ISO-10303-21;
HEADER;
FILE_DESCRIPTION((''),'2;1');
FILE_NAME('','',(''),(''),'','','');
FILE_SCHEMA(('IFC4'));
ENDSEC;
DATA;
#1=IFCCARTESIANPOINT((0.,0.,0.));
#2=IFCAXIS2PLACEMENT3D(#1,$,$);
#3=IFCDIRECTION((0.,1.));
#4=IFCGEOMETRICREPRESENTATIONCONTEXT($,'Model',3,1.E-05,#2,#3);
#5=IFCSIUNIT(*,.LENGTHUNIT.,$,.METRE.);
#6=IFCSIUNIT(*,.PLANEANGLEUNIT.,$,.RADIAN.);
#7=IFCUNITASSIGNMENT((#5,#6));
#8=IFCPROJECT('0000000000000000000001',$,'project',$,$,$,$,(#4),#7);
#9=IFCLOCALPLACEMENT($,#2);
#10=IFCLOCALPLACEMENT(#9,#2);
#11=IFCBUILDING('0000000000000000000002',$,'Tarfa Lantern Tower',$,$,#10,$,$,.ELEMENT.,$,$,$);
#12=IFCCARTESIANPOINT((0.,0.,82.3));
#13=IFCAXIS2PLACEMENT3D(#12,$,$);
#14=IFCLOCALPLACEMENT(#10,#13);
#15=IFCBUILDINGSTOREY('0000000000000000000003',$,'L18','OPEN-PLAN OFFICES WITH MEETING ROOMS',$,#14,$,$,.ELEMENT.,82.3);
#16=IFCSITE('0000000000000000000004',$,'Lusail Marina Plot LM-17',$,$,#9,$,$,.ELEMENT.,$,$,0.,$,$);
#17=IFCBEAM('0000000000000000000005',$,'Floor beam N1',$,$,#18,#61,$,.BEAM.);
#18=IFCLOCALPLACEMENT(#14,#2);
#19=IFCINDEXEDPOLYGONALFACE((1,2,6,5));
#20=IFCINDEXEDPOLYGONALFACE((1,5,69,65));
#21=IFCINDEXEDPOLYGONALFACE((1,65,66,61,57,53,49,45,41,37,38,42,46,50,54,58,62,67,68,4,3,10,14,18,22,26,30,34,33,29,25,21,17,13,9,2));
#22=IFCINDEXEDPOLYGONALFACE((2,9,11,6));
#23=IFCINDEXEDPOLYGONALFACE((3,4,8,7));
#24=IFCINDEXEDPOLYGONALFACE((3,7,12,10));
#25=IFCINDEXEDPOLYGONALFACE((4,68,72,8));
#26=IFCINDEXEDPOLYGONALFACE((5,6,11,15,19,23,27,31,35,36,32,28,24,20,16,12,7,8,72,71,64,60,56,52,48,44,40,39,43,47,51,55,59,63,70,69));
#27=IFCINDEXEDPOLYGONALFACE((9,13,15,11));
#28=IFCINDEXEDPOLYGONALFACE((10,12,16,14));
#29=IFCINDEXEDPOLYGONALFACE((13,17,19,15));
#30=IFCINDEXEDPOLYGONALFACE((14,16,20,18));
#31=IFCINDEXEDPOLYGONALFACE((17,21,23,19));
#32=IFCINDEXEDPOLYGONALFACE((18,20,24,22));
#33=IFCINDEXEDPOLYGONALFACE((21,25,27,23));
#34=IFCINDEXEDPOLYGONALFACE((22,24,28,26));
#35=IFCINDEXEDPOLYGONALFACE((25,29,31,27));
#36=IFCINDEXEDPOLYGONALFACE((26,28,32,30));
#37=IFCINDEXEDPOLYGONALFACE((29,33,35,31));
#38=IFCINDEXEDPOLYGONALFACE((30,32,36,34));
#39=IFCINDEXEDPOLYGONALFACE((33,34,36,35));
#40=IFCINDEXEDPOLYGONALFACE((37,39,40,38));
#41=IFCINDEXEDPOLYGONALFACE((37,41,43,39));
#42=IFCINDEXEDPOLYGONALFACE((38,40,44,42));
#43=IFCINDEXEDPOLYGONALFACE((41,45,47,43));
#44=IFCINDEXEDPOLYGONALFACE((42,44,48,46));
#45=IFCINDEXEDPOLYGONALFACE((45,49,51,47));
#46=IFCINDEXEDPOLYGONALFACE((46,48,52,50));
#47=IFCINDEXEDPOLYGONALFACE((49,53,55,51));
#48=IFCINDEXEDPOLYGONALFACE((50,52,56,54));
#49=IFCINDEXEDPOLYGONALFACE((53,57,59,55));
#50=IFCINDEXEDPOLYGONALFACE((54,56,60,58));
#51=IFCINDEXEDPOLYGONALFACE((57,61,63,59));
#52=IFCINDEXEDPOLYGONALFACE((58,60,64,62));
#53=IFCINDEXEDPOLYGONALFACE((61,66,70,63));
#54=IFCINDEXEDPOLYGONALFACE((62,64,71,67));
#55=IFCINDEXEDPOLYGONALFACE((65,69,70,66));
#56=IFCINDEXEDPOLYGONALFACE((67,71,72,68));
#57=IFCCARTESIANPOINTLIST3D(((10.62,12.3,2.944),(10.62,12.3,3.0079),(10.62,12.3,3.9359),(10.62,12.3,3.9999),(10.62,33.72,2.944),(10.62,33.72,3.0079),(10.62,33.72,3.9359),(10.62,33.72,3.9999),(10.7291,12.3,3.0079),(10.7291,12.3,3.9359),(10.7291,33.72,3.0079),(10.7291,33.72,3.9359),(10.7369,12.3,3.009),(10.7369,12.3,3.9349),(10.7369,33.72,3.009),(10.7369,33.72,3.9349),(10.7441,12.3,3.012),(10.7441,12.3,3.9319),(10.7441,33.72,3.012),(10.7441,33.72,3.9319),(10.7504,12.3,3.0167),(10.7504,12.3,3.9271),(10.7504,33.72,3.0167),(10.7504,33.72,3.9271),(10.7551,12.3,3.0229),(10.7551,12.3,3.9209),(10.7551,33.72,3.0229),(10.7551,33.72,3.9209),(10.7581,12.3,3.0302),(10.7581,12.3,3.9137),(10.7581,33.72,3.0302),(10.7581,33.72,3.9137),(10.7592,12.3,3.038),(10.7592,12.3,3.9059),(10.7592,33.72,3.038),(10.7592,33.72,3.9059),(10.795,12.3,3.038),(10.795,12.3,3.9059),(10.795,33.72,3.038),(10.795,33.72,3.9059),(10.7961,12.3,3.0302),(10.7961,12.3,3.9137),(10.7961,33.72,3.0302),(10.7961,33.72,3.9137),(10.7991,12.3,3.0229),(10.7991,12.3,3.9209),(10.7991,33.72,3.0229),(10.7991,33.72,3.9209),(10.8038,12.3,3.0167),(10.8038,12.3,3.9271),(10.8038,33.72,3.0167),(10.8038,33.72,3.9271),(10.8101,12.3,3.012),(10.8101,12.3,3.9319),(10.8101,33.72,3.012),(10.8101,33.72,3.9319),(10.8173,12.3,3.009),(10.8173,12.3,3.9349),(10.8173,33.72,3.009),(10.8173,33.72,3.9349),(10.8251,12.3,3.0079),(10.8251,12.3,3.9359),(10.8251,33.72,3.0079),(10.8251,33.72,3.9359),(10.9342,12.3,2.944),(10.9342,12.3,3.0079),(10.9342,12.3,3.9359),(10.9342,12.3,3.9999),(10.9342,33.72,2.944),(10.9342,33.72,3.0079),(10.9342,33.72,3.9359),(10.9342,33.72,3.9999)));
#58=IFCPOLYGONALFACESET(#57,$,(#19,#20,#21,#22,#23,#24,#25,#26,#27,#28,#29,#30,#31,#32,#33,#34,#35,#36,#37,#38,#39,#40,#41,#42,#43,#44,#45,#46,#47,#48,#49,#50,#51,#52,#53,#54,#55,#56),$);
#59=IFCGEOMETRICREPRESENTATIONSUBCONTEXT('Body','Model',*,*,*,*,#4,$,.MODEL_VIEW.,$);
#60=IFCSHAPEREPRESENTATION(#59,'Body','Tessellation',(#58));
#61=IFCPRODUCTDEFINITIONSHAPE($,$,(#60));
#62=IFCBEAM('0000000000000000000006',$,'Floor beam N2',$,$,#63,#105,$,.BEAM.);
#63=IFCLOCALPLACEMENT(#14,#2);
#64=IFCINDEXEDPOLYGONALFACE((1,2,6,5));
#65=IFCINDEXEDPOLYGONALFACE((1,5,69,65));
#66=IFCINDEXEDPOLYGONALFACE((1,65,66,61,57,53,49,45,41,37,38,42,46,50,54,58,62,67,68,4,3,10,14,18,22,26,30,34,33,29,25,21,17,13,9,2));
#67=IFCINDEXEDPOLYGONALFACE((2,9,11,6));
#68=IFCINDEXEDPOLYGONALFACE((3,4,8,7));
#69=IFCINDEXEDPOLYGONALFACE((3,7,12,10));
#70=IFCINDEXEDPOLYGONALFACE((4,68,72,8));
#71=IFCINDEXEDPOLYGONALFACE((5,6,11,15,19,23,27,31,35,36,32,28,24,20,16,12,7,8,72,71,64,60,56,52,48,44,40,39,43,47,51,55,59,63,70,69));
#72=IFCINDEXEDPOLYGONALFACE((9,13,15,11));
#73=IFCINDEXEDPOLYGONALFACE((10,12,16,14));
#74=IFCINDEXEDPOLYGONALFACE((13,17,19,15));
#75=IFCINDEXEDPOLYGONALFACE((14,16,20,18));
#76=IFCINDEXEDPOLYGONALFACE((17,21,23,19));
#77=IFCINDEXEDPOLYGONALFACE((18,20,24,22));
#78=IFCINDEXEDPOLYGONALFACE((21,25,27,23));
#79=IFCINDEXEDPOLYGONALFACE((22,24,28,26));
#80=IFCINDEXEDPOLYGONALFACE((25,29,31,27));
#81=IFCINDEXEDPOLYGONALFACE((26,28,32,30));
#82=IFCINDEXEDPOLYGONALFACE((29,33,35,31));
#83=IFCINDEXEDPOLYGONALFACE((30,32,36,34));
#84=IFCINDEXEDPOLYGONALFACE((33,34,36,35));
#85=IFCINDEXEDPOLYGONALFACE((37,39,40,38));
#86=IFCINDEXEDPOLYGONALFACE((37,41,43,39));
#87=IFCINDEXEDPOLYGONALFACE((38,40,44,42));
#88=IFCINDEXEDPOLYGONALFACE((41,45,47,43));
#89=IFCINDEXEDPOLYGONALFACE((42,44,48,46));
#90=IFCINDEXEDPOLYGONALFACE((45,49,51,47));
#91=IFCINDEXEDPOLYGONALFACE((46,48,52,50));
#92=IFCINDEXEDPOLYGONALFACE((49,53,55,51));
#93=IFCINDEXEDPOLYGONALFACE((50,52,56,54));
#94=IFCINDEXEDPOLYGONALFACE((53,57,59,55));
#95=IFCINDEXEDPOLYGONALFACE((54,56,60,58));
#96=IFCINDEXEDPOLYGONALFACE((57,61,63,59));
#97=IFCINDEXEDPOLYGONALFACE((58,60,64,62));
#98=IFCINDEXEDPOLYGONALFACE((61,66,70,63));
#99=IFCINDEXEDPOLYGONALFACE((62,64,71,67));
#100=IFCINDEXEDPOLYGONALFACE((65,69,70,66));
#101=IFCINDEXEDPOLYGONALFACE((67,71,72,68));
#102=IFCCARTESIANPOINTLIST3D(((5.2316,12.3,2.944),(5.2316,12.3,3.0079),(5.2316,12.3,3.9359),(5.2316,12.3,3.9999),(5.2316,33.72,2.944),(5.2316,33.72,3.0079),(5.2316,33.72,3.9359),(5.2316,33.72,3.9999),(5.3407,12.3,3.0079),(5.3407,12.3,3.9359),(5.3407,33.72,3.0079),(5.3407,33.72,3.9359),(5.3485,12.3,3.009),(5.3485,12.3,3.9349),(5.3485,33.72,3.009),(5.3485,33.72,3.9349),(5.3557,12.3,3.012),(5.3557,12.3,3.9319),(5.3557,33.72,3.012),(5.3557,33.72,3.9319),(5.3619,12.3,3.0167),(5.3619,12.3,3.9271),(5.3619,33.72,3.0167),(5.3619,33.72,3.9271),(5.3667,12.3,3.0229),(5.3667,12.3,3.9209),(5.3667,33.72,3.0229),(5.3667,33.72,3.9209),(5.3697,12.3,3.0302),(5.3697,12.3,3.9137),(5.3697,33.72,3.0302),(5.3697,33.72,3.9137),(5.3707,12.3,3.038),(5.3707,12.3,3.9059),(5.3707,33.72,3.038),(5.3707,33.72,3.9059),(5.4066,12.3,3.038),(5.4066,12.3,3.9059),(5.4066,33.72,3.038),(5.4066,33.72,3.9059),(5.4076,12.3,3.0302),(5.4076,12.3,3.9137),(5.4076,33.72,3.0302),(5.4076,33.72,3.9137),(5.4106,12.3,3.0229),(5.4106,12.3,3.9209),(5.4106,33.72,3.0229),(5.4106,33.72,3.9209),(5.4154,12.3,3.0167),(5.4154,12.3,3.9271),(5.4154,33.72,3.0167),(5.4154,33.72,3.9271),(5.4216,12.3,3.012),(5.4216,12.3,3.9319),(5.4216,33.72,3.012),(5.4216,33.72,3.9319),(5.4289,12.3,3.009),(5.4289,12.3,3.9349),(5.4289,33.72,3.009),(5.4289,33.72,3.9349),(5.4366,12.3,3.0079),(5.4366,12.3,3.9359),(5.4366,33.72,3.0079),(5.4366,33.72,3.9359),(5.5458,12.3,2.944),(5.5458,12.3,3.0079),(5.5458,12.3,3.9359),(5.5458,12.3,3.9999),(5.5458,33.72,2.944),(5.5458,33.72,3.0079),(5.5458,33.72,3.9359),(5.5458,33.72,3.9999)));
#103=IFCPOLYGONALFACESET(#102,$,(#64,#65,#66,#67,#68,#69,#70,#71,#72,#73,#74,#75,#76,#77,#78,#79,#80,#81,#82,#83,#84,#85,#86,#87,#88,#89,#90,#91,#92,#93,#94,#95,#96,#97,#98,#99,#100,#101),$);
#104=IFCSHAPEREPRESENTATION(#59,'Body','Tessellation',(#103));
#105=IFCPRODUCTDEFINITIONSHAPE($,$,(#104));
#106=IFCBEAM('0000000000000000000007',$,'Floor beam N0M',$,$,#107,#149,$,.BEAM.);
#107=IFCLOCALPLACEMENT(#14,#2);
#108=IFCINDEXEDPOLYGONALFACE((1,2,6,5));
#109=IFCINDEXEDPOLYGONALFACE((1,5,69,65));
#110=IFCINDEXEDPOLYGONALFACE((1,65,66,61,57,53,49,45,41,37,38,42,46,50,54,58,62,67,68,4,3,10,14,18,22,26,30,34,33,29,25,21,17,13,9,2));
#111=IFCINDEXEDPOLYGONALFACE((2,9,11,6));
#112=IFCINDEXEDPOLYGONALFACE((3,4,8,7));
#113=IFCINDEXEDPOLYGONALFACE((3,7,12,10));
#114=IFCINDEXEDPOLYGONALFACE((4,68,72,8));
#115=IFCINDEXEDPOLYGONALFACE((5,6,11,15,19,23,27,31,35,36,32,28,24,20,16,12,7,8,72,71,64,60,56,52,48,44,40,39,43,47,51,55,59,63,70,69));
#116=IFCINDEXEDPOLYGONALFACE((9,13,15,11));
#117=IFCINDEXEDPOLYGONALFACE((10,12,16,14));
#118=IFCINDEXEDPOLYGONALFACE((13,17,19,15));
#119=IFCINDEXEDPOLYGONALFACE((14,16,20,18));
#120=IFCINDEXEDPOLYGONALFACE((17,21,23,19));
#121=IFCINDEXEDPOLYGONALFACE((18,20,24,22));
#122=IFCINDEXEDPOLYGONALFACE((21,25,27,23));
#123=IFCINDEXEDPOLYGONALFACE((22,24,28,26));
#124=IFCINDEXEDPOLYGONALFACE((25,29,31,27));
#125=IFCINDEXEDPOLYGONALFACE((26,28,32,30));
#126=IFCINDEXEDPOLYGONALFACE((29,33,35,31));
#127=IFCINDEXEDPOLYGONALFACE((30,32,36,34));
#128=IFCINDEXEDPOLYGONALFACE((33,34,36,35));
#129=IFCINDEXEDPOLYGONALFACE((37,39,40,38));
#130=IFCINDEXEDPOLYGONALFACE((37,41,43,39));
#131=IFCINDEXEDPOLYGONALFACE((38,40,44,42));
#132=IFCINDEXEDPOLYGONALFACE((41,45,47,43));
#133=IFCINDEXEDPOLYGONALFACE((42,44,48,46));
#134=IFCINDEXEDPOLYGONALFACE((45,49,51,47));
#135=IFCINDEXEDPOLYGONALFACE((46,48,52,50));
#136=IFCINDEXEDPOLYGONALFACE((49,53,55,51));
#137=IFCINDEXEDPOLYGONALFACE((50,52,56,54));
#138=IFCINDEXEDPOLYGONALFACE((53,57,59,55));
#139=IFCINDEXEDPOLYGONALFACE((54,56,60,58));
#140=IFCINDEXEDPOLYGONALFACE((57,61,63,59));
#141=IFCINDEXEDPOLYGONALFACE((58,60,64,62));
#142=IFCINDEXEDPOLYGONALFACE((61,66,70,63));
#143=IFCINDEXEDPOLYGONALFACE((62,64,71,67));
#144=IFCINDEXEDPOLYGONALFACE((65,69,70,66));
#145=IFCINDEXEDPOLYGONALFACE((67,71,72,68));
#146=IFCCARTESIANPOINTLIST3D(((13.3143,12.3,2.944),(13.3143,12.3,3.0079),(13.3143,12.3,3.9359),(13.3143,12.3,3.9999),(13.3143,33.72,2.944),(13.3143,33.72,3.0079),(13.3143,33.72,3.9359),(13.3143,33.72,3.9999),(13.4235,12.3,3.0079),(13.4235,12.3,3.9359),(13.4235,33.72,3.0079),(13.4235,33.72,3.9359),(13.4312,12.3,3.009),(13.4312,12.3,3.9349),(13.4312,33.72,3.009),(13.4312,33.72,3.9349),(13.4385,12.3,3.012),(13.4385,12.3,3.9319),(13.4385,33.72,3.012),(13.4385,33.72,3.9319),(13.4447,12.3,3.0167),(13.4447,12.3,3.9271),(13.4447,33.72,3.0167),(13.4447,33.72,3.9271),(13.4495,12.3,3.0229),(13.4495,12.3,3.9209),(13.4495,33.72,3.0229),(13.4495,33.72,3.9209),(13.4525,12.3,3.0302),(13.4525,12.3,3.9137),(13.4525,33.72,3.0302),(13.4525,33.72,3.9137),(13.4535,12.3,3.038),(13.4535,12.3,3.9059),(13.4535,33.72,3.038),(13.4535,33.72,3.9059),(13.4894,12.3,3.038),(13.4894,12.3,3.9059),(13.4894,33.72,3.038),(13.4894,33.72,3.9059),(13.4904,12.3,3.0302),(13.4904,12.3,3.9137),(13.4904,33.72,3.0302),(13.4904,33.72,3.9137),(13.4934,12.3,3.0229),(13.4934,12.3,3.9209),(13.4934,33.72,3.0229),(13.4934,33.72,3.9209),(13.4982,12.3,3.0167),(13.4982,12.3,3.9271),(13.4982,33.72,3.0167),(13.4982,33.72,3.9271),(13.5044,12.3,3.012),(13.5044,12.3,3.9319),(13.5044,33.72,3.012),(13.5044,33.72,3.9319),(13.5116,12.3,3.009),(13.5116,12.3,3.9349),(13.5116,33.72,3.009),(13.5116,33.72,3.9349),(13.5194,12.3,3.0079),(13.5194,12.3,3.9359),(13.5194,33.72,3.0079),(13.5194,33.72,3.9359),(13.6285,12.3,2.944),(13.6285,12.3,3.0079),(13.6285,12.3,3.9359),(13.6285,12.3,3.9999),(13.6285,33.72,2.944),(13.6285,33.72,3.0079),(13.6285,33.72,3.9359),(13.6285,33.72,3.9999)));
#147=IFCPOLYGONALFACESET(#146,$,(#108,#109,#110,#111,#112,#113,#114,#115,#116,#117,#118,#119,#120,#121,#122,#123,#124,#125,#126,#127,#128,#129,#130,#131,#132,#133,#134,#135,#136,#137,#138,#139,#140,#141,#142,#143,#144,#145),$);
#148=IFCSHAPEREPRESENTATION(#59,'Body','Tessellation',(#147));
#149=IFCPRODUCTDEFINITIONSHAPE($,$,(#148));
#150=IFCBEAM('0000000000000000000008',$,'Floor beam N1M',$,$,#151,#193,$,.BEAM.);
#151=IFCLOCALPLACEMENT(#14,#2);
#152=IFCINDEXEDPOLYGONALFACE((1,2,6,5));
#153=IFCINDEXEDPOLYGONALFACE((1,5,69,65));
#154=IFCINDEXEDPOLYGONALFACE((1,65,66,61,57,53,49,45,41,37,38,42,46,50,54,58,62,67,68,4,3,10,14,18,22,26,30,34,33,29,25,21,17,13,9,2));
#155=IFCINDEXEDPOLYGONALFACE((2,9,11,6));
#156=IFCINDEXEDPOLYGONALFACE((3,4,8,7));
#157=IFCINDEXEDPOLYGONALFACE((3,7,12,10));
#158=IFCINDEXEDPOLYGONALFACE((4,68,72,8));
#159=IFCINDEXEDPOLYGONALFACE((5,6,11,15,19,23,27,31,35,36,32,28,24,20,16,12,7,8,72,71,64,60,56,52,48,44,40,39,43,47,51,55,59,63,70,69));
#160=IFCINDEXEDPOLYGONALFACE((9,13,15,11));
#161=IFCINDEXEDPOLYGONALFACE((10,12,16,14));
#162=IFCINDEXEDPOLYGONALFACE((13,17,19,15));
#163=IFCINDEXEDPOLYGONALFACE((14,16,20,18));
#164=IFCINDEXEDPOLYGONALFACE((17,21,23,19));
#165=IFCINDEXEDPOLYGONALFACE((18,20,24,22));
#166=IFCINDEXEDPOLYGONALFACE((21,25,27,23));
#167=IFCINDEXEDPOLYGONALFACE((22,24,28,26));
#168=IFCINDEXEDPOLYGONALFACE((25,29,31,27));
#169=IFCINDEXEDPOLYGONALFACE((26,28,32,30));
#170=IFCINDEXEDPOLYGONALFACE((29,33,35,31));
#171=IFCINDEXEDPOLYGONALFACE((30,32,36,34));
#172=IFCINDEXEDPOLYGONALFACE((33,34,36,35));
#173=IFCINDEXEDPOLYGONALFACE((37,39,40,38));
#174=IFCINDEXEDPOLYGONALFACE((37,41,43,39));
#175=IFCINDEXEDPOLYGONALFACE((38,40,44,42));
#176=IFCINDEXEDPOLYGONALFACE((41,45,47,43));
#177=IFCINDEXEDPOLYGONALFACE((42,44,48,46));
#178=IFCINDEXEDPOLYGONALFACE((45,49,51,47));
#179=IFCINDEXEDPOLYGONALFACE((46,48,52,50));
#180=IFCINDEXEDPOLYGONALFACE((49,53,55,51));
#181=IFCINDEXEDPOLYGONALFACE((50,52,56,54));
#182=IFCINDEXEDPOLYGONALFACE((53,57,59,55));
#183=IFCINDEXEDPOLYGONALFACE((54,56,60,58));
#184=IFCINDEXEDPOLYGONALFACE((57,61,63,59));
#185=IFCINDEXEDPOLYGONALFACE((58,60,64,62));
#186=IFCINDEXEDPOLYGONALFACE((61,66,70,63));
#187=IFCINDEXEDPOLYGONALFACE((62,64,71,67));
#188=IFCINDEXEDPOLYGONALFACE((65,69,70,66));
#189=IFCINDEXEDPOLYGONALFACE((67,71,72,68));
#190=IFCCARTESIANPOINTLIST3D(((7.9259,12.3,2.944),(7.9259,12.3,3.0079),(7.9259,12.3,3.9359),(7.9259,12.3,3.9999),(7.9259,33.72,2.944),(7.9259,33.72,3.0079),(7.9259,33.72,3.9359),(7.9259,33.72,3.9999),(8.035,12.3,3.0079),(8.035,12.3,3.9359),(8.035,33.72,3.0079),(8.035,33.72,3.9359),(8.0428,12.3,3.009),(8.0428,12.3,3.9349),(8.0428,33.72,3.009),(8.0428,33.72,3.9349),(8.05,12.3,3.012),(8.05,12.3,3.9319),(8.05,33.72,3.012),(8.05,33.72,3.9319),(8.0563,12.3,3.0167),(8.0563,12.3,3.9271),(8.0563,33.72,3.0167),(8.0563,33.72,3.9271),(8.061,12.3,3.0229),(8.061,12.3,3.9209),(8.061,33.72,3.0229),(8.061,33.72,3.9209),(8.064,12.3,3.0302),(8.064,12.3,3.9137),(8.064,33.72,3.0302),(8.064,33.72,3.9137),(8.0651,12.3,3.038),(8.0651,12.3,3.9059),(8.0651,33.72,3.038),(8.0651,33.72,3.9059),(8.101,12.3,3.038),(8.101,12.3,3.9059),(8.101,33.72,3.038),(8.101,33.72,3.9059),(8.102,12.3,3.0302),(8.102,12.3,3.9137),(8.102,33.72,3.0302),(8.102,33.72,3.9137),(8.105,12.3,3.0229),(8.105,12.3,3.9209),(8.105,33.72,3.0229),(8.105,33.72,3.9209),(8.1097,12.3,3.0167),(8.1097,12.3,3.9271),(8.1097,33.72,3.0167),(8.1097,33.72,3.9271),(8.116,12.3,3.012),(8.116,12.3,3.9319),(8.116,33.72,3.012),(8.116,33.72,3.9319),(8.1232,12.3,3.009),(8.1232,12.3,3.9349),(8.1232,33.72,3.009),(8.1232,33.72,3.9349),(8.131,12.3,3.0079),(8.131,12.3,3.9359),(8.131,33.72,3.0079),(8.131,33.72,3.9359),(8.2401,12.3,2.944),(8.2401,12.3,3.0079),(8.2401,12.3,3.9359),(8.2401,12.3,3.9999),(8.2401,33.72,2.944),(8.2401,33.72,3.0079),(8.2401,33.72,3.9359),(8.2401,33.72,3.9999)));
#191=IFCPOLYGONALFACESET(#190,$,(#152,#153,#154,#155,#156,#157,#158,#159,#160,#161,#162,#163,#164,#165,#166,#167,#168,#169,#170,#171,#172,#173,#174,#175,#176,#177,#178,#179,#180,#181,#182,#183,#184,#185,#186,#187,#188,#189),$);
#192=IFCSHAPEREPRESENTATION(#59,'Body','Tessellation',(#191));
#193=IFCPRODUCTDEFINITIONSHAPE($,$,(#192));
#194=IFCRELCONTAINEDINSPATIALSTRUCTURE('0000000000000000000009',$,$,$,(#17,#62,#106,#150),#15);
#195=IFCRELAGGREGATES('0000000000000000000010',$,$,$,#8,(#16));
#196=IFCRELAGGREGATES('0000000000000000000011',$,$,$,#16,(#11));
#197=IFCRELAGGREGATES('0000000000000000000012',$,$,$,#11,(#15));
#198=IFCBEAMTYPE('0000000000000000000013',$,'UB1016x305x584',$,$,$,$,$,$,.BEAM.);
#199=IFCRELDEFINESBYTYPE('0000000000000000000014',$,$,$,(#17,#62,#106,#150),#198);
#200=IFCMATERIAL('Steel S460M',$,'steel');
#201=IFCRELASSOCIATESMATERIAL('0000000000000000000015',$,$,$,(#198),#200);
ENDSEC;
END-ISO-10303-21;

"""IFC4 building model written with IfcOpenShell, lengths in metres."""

from ifc_helpers import new_model, si_unit, direction, frame, origin, origin_2d, place, context, subcontext, project, spatial, i_section, extrude, material, material_profile, profile_set, type_object, element, save


model = new_model("IFC4")

# Units and contexts
model_context = context("Model", 3, precision=1e-05, world=origin(), true_north=direction((0.0, 1.0)))
body_context = subcontext(model_context, "Body", "Model", "MODEL_VIEW")
ifc_project = project(units=[si_unit("LENGTHUNIT", "METRE"), si_unit("PLANEANGLEUNIT", "RADIAN")], contexts=[model_context])

# Site, building, storey
site_placement = place(None, origin())
site = spatial("IfcSite", under=ifc_project, at=site_placement, Name="Lusail Marina Plot LM-17", CompositionType="ELEMENT", RefElevation=0.0)
building_placement = place(site_placement, origin())
building = spatial("IfcBuilding", under=site, at=building_placement, Name="Tarfa Lantern Tower", CompositionType="ELEMENT")
storey_placement = place(building_placement, frame((0.0, 0.0, 82.3)))
storey = spatial("IfcBuildingStorey", under=building, at=storey_placement, Name="L18", Description="OPEN-PLAN OFFICES WITH MEETING ROOMS", CompositionType="ELEMENT", Elevation=82.3)

# Beams
ifc_material_1 = material(Name="Steel S460M", Category="steel")
ifc_material_profile_1 = material_profile(ifc_material_1, i_section(OverallWidth=0.3142, OverallDepth=1.0559, WebThickness=0.0359, FlangeThickness=0.064, FilletRadius=0.03, at=origin_2d()), Name="UB1016x305x584")
ifc_profile_set_1 = profile_set([ifc_material_profile_1], Name="Steel S460M")
beam_type_1 = type_object("IfcBeamType", Name="UB1016x305x584", PredefinedType="BEAM", material=ifc_profile_set_1)
for number, where, z_axis, x_axis, name in (
    (1, (10.7771, 33.72, 3.4719), (0.0, -1.0, 0.0), (1.0, 0.0, 0.0), "Floor beam N1"),
    (2, (5.3887, 33.72, 3.4719), (0.0, -1.0, 0.0), (1.0, 0.0, 0.0), "Floor beam N2"),
    (3, (13.4714, 33.72, 3.4719), (0.0, -1.0, 0.0), (1.0, 0.0, 0.0), "Floor beam N0M"),
    (4, (8.083, 33.72, 3.4719), (0.0, -1.0, 0.0), (1.0, 0.0, 0.0), "Floor beam N1M"),
):
    element("IfcBeam", number, at=place(storey_placement, frame(where, z_axis=z_axis, x_axis=x_axis)), inside=storey, type_object=beam_type_1, Name=name, PredefinedType="BEAM", context=body_context, shape_type="SweptSolid", body=[
        extrude(i_section(OverallWidth=0.3142, OverallDepth=1.0559, WebThickness=0.0359, FlangeThickness=0.064, FilletRadius=0.03, at=origin_2d()), origin(), (0.0, 0.0, 1.0), 21.4199),
    ])

save(model, "model.ifc")
